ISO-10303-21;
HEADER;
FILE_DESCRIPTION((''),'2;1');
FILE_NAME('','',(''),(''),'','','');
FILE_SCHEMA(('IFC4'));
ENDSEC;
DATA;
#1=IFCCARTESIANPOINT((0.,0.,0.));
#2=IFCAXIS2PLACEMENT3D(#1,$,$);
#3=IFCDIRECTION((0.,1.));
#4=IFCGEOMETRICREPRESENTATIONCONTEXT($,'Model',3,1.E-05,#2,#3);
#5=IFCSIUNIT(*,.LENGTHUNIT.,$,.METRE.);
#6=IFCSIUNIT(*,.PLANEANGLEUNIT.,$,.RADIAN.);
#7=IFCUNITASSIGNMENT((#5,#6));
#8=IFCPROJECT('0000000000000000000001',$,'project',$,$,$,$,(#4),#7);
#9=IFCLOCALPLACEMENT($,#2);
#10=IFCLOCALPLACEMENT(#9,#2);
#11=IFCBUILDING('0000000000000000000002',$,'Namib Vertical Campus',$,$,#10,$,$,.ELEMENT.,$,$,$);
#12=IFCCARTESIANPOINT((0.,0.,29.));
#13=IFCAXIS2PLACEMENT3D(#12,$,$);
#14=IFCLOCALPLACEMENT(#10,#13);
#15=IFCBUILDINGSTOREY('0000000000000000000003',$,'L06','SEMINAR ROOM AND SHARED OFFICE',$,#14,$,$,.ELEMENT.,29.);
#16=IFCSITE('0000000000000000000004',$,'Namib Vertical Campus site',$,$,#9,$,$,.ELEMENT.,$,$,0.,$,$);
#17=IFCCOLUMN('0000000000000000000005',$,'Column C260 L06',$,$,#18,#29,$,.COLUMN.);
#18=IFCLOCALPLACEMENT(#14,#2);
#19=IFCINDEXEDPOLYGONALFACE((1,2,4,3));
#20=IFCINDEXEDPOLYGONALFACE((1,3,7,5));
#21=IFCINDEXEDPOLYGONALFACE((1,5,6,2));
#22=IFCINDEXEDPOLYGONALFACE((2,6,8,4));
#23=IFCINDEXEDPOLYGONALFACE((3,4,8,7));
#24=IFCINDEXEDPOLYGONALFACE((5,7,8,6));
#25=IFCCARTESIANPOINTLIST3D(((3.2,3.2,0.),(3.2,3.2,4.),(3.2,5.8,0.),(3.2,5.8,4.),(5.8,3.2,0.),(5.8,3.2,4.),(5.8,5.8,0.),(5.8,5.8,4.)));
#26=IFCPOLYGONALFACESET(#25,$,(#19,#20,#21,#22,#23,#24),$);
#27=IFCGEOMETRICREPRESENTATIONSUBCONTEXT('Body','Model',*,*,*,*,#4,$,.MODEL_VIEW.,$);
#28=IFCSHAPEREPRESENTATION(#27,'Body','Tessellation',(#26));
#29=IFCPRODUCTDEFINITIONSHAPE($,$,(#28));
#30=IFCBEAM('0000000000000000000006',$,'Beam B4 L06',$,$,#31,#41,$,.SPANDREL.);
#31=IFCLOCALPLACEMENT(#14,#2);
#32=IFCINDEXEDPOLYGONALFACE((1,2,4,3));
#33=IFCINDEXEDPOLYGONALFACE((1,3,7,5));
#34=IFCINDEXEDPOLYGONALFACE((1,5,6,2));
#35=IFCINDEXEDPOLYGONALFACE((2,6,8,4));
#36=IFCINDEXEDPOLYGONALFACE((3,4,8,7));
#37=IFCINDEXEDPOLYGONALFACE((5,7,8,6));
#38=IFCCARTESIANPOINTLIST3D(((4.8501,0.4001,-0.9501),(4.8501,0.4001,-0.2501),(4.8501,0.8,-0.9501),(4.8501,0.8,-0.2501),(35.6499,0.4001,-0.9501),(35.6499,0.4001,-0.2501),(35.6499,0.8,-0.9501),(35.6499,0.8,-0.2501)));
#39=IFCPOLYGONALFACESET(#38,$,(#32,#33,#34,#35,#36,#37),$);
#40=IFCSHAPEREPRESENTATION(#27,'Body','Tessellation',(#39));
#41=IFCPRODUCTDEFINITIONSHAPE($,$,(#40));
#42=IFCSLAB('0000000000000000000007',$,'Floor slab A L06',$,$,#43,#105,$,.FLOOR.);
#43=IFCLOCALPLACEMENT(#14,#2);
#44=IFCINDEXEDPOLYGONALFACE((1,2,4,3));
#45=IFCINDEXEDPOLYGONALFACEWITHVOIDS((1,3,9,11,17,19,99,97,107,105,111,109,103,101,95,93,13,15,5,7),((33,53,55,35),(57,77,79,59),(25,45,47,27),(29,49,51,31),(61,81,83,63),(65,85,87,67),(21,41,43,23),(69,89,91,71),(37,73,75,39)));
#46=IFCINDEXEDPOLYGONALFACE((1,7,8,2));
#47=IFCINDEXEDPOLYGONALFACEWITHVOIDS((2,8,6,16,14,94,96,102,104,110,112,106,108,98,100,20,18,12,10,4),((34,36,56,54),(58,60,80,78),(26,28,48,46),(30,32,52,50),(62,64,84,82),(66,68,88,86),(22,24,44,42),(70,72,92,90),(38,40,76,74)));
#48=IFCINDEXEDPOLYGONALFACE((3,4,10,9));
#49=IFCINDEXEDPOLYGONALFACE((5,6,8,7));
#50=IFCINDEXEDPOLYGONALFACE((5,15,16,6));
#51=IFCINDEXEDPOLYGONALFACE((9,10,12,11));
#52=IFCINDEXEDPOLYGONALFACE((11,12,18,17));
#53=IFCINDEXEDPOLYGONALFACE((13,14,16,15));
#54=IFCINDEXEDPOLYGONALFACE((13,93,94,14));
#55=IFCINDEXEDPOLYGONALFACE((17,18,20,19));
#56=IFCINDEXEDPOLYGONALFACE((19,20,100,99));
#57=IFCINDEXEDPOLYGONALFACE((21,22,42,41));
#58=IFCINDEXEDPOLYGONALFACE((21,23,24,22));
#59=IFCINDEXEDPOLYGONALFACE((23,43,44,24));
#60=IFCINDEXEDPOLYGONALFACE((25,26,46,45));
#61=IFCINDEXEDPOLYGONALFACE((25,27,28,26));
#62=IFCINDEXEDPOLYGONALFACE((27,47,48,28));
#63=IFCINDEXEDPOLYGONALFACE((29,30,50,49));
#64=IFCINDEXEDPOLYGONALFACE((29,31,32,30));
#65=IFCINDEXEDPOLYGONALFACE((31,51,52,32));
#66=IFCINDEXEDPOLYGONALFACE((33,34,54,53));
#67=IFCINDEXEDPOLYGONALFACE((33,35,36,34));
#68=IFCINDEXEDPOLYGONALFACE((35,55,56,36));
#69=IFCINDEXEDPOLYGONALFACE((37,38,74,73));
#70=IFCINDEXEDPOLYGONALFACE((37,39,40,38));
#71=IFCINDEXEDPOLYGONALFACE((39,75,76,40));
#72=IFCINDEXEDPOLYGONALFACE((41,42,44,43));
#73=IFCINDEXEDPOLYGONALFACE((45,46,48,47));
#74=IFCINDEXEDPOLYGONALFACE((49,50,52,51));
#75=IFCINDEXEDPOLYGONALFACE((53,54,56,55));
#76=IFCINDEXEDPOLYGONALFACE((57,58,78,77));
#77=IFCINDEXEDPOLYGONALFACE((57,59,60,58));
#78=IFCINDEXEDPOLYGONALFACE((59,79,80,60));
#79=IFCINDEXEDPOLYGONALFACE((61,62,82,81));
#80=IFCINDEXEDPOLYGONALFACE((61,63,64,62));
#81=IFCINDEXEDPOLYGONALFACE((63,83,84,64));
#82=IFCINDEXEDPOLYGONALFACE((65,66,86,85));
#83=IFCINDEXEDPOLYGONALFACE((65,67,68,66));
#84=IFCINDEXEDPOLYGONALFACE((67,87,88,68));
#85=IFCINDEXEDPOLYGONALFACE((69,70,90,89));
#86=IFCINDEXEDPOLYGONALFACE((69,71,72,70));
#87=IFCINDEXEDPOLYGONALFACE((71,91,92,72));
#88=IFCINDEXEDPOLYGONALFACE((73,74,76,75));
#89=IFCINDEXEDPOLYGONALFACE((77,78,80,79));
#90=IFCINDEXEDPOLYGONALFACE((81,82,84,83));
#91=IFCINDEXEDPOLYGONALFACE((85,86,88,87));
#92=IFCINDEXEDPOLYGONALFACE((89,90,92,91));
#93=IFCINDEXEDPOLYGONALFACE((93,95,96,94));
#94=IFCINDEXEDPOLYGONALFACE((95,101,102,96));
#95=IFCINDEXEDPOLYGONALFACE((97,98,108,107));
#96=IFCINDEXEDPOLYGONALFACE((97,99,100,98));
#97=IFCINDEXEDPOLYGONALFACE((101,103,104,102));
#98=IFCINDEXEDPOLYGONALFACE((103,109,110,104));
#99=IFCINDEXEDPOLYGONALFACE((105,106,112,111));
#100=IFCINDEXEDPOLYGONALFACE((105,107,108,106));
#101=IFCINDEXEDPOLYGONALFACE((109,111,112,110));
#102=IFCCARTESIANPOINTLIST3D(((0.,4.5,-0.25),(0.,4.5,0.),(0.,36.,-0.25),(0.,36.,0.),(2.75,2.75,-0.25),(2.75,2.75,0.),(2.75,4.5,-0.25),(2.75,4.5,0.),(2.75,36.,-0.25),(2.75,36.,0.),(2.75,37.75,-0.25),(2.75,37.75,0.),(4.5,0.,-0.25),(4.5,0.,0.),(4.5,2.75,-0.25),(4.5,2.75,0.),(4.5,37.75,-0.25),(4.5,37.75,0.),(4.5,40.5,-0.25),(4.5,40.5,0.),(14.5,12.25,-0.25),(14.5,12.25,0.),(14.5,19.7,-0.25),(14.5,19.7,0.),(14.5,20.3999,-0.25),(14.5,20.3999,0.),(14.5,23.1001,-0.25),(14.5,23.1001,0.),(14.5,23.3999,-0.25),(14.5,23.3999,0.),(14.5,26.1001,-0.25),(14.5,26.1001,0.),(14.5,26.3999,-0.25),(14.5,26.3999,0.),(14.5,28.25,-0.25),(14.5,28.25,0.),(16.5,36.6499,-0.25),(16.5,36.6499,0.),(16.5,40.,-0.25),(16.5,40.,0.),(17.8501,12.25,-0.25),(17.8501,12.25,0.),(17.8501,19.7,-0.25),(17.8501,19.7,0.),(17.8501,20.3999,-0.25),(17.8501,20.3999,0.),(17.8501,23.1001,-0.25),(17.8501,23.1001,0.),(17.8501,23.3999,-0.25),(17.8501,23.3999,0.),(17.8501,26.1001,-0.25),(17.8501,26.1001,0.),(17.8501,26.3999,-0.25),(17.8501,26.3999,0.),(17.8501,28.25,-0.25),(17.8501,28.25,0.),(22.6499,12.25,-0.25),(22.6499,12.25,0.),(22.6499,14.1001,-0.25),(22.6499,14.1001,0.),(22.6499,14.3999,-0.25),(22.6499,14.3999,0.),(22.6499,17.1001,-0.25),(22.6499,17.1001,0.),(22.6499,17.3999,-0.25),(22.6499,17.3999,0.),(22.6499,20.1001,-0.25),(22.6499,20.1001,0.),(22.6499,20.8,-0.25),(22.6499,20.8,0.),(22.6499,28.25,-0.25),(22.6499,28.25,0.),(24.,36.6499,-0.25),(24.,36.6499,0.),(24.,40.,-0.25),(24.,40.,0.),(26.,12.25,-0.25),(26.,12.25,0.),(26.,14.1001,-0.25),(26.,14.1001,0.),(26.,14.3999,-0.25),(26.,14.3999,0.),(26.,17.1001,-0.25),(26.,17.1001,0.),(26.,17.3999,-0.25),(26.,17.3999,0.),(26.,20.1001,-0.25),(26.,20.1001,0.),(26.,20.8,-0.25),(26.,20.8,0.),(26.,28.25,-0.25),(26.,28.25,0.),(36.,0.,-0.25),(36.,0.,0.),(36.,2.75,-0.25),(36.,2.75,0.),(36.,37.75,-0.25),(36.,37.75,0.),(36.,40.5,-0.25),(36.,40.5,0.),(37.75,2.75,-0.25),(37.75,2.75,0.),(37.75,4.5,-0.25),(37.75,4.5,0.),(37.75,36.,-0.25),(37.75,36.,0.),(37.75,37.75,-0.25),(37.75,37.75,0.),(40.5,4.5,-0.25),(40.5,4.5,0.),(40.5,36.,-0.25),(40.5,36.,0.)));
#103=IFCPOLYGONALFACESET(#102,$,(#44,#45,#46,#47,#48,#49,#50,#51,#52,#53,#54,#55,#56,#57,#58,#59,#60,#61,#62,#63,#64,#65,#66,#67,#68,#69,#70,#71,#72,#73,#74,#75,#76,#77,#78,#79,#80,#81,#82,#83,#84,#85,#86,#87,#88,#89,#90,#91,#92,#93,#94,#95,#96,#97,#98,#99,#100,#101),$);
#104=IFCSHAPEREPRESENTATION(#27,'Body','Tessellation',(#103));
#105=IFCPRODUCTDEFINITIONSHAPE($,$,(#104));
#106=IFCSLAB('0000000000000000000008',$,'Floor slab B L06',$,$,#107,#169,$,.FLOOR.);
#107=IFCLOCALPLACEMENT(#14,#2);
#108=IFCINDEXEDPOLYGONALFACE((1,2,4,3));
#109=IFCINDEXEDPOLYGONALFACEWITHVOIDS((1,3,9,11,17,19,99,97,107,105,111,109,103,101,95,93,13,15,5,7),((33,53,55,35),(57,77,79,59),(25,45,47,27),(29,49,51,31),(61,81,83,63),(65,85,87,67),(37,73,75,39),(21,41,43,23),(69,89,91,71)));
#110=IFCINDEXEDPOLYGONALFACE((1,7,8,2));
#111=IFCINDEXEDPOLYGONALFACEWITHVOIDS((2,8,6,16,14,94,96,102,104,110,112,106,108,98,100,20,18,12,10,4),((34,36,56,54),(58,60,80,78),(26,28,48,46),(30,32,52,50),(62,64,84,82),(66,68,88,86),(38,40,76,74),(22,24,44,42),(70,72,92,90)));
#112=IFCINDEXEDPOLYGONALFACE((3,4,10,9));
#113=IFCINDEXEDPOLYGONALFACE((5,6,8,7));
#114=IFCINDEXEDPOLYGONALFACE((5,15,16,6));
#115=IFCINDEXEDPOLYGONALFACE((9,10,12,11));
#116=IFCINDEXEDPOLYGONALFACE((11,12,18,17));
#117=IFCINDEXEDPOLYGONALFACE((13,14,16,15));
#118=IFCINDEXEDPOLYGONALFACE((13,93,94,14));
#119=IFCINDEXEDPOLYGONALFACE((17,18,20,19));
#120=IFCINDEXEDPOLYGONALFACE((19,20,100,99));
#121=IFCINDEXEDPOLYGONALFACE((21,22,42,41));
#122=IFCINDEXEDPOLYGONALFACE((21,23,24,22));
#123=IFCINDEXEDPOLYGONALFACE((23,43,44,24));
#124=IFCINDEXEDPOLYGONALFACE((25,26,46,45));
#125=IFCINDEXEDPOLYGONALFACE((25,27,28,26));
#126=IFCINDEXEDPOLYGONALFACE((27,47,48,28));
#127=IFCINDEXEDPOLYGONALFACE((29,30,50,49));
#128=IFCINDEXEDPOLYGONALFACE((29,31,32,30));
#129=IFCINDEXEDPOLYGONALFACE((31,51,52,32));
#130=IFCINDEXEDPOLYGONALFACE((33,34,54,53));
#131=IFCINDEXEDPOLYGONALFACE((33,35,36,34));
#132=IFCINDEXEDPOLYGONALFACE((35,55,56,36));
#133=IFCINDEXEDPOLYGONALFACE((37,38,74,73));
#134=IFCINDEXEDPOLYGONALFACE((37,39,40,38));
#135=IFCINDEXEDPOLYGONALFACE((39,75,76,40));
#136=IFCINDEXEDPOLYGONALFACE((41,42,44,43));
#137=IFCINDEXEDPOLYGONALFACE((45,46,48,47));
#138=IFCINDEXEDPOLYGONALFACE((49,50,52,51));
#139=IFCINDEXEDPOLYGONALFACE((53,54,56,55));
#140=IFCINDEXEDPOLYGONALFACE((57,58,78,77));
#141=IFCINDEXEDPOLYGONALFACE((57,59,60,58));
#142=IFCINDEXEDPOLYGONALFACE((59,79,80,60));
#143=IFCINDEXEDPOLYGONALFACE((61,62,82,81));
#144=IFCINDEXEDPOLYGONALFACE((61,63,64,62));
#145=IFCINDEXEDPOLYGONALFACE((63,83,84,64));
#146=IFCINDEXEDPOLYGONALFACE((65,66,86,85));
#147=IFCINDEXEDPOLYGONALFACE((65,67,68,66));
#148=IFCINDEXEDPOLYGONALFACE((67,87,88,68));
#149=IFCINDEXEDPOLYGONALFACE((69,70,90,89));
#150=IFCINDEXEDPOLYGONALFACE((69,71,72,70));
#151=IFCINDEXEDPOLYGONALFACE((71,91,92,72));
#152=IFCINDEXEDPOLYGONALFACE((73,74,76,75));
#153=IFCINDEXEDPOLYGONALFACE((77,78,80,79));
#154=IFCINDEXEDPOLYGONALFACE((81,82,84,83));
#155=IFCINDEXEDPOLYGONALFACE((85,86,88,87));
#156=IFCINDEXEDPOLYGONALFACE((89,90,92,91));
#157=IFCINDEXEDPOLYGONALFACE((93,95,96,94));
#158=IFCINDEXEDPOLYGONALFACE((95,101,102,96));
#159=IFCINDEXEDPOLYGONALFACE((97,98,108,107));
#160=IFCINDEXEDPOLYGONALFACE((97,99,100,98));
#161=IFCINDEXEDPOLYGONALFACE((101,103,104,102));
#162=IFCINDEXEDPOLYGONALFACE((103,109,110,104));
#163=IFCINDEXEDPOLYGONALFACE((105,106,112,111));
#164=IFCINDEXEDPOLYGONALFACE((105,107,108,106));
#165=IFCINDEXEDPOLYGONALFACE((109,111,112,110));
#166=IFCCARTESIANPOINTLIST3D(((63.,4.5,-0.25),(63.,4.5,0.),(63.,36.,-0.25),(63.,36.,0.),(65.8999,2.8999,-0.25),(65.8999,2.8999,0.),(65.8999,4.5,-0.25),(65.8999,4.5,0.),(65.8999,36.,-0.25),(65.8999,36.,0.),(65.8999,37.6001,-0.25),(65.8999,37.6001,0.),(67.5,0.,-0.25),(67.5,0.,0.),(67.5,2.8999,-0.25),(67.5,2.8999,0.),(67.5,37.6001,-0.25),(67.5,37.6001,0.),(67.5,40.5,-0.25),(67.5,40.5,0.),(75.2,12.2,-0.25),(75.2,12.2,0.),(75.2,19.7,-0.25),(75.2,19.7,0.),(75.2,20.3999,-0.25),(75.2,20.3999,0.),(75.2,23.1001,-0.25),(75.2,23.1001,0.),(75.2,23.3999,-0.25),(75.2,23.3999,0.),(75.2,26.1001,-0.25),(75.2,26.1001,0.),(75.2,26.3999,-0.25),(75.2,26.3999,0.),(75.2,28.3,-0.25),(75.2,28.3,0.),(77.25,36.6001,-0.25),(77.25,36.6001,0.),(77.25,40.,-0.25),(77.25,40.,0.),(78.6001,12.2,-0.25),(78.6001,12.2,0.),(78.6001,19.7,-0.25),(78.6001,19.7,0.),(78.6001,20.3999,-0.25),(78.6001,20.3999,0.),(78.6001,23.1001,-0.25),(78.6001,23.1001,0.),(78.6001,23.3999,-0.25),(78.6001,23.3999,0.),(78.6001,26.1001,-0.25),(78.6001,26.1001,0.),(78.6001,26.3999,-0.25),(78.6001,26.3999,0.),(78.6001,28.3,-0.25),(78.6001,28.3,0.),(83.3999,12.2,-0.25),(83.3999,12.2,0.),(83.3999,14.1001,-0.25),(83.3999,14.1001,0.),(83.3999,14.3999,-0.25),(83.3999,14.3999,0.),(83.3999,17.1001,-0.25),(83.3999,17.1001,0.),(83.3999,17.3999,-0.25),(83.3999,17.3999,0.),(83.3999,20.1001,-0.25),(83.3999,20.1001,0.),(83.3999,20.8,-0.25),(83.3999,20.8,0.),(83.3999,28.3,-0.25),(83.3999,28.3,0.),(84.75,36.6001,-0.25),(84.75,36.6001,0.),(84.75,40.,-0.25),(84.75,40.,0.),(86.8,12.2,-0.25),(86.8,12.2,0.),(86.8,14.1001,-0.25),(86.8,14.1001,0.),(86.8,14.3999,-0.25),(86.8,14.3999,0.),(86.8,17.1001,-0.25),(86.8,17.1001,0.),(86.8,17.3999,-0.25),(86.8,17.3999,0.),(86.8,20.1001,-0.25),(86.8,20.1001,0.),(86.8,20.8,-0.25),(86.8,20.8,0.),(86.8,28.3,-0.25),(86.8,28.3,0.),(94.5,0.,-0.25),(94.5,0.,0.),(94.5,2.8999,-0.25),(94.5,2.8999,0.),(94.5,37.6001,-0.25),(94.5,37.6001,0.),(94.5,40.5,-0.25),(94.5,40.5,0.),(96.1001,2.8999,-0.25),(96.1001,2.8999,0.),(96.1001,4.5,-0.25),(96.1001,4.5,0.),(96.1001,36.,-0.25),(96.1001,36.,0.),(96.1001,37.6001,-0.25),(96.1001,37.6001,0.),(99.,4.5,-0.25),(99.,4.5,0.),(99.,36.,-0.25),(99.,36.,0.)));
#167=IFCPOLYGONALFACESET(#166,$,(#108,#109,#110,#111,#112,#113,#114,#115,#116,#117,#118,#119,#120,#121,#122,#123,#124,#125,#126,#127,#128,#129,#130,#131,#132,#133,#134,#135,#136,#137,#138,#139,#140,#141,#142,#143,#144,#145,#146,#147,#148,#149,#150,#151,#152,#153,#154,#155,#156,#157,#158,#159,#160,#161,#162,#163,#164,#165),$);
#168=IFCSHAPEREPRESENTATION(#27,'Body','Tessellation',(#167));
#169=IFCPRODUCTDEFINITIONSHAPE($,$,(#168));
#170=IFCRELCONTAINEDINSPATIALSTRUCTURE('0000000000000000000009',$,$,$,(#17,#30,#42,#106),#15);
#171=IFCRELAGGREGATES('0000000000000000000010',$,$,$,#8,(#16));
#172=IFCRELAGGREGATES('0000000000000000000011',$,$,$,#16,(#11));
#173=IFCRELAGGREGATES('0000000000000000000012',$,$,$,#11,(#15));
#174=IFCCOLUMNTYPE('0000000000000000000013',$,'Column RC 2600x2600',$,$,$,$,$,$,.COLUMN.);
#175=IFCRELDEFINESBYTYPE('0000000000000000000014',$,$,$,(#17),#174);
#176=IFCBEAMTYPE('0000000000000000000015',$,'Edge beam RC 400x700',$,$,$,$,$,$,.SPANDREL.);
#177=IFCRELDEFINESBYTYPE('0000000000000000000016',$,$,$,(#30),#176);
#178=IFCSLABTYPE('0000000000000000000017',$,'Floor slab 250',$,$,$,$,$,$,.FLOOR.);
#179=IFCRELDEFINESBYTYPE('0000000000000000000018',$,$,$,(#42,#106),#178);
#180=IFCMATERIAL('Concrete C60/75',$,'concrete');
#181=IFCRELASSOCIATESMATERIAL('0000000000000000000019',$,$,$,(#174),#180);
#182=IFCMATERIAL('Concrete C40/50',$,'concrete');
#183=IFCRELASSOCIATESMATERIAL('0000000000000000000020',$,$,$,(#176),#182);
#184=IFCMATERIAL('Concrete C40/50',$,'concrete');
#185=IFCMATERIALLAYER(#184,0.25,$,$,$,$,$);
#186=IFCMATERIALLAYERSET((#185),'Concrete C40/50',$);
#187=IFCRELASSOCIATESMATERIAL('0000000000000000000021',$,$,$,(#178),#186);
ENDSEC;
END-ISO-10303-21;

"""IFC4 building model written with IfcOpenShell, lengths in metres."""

from ifc_helpers import new_model, si_unit, direction, frame, origin, origin_2d, place, context, subcontext, project, spatial, polyline, rectangle, outline, extrude, material, layer, layer_set, material_profile, profile_set, type_object, element, save


model = new_model("IFC4")

# Units and contexts
model_context = context("Model", 3, precision=1e-05, world=origin(), true_north=direction((0.0, 1.0)))
body_context = subcontext(model_context, "Body", "Model", "MODEL_VIEW")
ifc_project = project(units=[si_unit("LENGTHUNIT", "METRE"), si_unit("PLANEANGLEUNIT", "RADIAN")], contexts=[model_context])

# Site, building, storey
site_placement = place(None, origin())
site = spatial("IfcSite", under=ifc_project, at=site_placement, Name="Namib Vertical Campus site", CompositionType="ELEMENT", RefElevation=0.0)
building_placement = place(site_placement, origin())
building = spatial("IfcBuilding", under=site, at=building_placement, Name="Namib Vertical Campus", CompositionType="ELEMENT")
storey_placement = place(building_placement, frame((0.0, 0.0, 29.0)))
storey = spatial("IfcBuildingStorey", under=building, at=storey_placement, Name="L06", Description="SEMINAR ROOM AND SHARED OFFICE", CompositionType="ELEMENT", Elevation=29.0)

# Column
ifc_material_1 = material(Name="Concrete C60/75", Category="concrete")
ifc_material_profile_1 = material_profile(ifc_material_1, rectangle(XDim=2.6001, YDim=2.6001, at=origin_2d()))
ifc_profile_set_1 = profile_set([ifc_material_profile_1], Name="Concrete C60/75")
column_type = type_object("IfcColumnType", Name="Column RC 2600x2600", PredefinedType="COLUMN", material=ifc_profile_set_1)
column_placement = place(storey_placement, frame((4.5, 4.5, 0.0), z_axis=(0.0, 0.0, 1.0), x_axis=(1.0, 0.0, 0.0)))
element("IfcColumn", 1, at=column_placement, inside=storey, type_object=column_type, Name="Column C260 L06", PredefinedType="COLUMN", context=body_context, shape_type="SweptSolid", body=[
    extrude(rectangle(XDim=2.6001, YDim=2.6001, at=origin_2d()), origin(), (0.0, 0.0, 1.0), 4.0),
])

# Beam
ifc_material_2 = material(Name="Concrete C40/50", Category="concrete")
ifc_material_profile_2 = material_profile(ifc_material_2, rectangle(XDim=0.3999, YDim=0.7, at=origin_2d()))
ifc_profile_set_2 = profile_set([ifc_material_profile_2], Name="Concrete C40/50")
beam_type = type_object("IfcBeamType", Name="Edge beam RC 400x700", PredefinedType="SPANDREL", material=ifc_profile_set_2)
beam_placement = place(storey_placement, frame((4.8501, 0.6001, -0.6001), z_axis=(1.0, 0.0, 0.0), x_axis=(0.0, 1.0, 0.0)))
element("IfcBeam", 2, at=beam_placement, inside=storey, type_object=beam_type, Name="Beam B4 L06", PredefinedType="SPANDREL", context=body_context, shape_type="SweptSolid", body=[
    extrude(rectangle(XDim=0.3999, YDim=0.7, at=origin_2d()), origin(), (0.0, 0.0, 1.0), 30.7998),
])

# Slabs
ifc_material_3 = material(Name="Concrete C40/50", Category="concrete")
ifc_layer_1 = layer(ifc_material_3, 0.25)
ifc_layer_set_1 = layer_set([ifc_layer_1], Name="Concrete C40/50")
slab_type_1 = type_object("IfcSlabType", Name="Floor slab 250", PredefinedType="FLOOR", material=ifc_layer_set_1)
slab_1_placement = place(storey_placement, frame((0.0, 0.0, -0.25)))
element("IfcSlab", 3, at=slab_1_placement, inside=storey, type_object=slab_type_1, Name="Floor slab A L06", PredefinedType="FLOOR", context=body_context, shape_type="SweptSolid", body=[
    extrude(outline(polyline([(4.5, 0.0), (36.0, 0.0), (36.0, 2.75), (37.75, 2.75), (37.75, 4.5), (40.5, 4.5), (40.5, 36.0), (37.75, 36.0), (37.75, 37.75), (36.0, 37.75), (36.0, 40.5), (4.5, 40.5), (4.5, 37.75), (2.75, 37.75), (2.75, 36.0), (0.0, 36.0), (0.0, 4.5), (2.75, 4.5), (2.75, 2.75), (4.5, 2.75), (4.5, 0.0)]), holes=[polyline([(14.5, 12.25), (17.8501, 12.25), (17.8501, 19.7), (14.5, 19.7), (14.5, 12.25)]), polyline([(22.6499, 20.8), (26.0, 20.8), (26.0, 28.25), (22.6499, 28.25), (22.6499, 20.8)]), polyline([(22.6499, 12.25), (26.0, 12.25), (26.0, 14.1001), (22.6499, 14.1001), (22.6499, 12.25)]), polyline([(14.5, 20.3999), (17.8501, 20.3999), (17.8501, 23.1001), (14.5, 23.1001), (14.5, 20.3999)]), polyline([(14.5, 23.3999), (17.8501, 23.3999), (17.8501, 26.1001), (14.5, 26.1001), (14.5, 23.3999)]), polyline([(14.5, 26.3999), (17.8501, 26.3999), (17.8501, 28.25), (14.5, 28.25), (14.5, 26.3999)]), polyline([(22.6499, 14.3999), (26.0, 14.3999), (26.0, 17.1001), (22.6499, 17.1001), (22.6499, 14.3999)]), polyline([(22.6499, 17.3999), (26.0, 17.3999), (26.0, 20.1001), (22.6499, 20.1001), (22.6499, 17.3999)]), polyline([(16.5, 36.6499), (24.0, 36.6499), (24.0, 40.0), (16.5, 40.0), (16.5, 36.6499)])]), origin(), (0.0, 0.0, 1.0), 0.25),
])
slab_2_placement = place(storey_placement, frame((0.0, 0.0, -0.25)))
element("IfcSlab", 4, at=slab_2_placement, inside=storey, type_object=slab_type_1, Name="Floor slab B L06", PredefinedType="FLOOR", context=body_context, shape_type="SweptSolid", body=[
    extrude(outline(polyline([(67.5, 0.0), (94.5, 0.0), (94.5, 2.8999), (96.1001, 2.8999), (96.1001, 4.5), (99.0, 4.5), (99.0, 36.0), (96.1001, 36.0), (96.1001, 37.6001), (94.5, 37.6001), (94.5, 40.5), (67.5, 40.5), (67.5, 37.6001), (65.8999, 37.6001), (65.8999, 36.0), (63.0, 36.0), (63.0, 4.5), (65.8999, 4.5), (65.8999, 2.8999), (67.5, 2.8999), (67.5, 0.0)]), holes=[polyline([(75.2, 12.2), (78.6001, 12.2), (78.6001, 19.7), (75.2, 19.7), (75.2, 12.2)]), polyline([(83.3999, 20.8), (86.8, 20.8), (86.8, 28.3), (83.3999, 28.3), (83.3999, 20.8)]), polyline([(83.3999, 12.2), (86.8, 12.2), (86.8, 14.1001), (83.3999, 14.1001), (83.3999, 12.2)]), polyline([(75.2, 20.3999), (78.6001, 20.3999), (78.6001, 23.1001), (75.2, 23.1001), (75.2, 20.3999)]), polyline([(75.2, 23.3999), (78.6001, 23.3999), (78.6001, 26.1001), (75.2, 26.1001), (75.2, 23.3999)]), polyline([(75.2, 26.3999), (78.6001, 26.3999), (78.6001, 28.3), (75.2, 28.3), (75.2, 26.3999)]), polyline([(83.3999, 14.3999), (86.8, 14.3999), (86.8, 17.1001), (83.3999, 17.1001), (83.3999, 14.3999)]), polyline([(83.3999, 17.3999), (86.8, 17.3999), (86.8, 20.1001), (83.3999, 20.1001), (83.3999, 17.3999)]), polyline([(77.25, 36.6001), (84.75, 36.6001), (84.75, 40.0), (77.25, 40.0), (77.25, 36.6001)])]), origin(), (0.0, 0.0, 1.0), 0.25),
])

save(model, "model.ifc")
